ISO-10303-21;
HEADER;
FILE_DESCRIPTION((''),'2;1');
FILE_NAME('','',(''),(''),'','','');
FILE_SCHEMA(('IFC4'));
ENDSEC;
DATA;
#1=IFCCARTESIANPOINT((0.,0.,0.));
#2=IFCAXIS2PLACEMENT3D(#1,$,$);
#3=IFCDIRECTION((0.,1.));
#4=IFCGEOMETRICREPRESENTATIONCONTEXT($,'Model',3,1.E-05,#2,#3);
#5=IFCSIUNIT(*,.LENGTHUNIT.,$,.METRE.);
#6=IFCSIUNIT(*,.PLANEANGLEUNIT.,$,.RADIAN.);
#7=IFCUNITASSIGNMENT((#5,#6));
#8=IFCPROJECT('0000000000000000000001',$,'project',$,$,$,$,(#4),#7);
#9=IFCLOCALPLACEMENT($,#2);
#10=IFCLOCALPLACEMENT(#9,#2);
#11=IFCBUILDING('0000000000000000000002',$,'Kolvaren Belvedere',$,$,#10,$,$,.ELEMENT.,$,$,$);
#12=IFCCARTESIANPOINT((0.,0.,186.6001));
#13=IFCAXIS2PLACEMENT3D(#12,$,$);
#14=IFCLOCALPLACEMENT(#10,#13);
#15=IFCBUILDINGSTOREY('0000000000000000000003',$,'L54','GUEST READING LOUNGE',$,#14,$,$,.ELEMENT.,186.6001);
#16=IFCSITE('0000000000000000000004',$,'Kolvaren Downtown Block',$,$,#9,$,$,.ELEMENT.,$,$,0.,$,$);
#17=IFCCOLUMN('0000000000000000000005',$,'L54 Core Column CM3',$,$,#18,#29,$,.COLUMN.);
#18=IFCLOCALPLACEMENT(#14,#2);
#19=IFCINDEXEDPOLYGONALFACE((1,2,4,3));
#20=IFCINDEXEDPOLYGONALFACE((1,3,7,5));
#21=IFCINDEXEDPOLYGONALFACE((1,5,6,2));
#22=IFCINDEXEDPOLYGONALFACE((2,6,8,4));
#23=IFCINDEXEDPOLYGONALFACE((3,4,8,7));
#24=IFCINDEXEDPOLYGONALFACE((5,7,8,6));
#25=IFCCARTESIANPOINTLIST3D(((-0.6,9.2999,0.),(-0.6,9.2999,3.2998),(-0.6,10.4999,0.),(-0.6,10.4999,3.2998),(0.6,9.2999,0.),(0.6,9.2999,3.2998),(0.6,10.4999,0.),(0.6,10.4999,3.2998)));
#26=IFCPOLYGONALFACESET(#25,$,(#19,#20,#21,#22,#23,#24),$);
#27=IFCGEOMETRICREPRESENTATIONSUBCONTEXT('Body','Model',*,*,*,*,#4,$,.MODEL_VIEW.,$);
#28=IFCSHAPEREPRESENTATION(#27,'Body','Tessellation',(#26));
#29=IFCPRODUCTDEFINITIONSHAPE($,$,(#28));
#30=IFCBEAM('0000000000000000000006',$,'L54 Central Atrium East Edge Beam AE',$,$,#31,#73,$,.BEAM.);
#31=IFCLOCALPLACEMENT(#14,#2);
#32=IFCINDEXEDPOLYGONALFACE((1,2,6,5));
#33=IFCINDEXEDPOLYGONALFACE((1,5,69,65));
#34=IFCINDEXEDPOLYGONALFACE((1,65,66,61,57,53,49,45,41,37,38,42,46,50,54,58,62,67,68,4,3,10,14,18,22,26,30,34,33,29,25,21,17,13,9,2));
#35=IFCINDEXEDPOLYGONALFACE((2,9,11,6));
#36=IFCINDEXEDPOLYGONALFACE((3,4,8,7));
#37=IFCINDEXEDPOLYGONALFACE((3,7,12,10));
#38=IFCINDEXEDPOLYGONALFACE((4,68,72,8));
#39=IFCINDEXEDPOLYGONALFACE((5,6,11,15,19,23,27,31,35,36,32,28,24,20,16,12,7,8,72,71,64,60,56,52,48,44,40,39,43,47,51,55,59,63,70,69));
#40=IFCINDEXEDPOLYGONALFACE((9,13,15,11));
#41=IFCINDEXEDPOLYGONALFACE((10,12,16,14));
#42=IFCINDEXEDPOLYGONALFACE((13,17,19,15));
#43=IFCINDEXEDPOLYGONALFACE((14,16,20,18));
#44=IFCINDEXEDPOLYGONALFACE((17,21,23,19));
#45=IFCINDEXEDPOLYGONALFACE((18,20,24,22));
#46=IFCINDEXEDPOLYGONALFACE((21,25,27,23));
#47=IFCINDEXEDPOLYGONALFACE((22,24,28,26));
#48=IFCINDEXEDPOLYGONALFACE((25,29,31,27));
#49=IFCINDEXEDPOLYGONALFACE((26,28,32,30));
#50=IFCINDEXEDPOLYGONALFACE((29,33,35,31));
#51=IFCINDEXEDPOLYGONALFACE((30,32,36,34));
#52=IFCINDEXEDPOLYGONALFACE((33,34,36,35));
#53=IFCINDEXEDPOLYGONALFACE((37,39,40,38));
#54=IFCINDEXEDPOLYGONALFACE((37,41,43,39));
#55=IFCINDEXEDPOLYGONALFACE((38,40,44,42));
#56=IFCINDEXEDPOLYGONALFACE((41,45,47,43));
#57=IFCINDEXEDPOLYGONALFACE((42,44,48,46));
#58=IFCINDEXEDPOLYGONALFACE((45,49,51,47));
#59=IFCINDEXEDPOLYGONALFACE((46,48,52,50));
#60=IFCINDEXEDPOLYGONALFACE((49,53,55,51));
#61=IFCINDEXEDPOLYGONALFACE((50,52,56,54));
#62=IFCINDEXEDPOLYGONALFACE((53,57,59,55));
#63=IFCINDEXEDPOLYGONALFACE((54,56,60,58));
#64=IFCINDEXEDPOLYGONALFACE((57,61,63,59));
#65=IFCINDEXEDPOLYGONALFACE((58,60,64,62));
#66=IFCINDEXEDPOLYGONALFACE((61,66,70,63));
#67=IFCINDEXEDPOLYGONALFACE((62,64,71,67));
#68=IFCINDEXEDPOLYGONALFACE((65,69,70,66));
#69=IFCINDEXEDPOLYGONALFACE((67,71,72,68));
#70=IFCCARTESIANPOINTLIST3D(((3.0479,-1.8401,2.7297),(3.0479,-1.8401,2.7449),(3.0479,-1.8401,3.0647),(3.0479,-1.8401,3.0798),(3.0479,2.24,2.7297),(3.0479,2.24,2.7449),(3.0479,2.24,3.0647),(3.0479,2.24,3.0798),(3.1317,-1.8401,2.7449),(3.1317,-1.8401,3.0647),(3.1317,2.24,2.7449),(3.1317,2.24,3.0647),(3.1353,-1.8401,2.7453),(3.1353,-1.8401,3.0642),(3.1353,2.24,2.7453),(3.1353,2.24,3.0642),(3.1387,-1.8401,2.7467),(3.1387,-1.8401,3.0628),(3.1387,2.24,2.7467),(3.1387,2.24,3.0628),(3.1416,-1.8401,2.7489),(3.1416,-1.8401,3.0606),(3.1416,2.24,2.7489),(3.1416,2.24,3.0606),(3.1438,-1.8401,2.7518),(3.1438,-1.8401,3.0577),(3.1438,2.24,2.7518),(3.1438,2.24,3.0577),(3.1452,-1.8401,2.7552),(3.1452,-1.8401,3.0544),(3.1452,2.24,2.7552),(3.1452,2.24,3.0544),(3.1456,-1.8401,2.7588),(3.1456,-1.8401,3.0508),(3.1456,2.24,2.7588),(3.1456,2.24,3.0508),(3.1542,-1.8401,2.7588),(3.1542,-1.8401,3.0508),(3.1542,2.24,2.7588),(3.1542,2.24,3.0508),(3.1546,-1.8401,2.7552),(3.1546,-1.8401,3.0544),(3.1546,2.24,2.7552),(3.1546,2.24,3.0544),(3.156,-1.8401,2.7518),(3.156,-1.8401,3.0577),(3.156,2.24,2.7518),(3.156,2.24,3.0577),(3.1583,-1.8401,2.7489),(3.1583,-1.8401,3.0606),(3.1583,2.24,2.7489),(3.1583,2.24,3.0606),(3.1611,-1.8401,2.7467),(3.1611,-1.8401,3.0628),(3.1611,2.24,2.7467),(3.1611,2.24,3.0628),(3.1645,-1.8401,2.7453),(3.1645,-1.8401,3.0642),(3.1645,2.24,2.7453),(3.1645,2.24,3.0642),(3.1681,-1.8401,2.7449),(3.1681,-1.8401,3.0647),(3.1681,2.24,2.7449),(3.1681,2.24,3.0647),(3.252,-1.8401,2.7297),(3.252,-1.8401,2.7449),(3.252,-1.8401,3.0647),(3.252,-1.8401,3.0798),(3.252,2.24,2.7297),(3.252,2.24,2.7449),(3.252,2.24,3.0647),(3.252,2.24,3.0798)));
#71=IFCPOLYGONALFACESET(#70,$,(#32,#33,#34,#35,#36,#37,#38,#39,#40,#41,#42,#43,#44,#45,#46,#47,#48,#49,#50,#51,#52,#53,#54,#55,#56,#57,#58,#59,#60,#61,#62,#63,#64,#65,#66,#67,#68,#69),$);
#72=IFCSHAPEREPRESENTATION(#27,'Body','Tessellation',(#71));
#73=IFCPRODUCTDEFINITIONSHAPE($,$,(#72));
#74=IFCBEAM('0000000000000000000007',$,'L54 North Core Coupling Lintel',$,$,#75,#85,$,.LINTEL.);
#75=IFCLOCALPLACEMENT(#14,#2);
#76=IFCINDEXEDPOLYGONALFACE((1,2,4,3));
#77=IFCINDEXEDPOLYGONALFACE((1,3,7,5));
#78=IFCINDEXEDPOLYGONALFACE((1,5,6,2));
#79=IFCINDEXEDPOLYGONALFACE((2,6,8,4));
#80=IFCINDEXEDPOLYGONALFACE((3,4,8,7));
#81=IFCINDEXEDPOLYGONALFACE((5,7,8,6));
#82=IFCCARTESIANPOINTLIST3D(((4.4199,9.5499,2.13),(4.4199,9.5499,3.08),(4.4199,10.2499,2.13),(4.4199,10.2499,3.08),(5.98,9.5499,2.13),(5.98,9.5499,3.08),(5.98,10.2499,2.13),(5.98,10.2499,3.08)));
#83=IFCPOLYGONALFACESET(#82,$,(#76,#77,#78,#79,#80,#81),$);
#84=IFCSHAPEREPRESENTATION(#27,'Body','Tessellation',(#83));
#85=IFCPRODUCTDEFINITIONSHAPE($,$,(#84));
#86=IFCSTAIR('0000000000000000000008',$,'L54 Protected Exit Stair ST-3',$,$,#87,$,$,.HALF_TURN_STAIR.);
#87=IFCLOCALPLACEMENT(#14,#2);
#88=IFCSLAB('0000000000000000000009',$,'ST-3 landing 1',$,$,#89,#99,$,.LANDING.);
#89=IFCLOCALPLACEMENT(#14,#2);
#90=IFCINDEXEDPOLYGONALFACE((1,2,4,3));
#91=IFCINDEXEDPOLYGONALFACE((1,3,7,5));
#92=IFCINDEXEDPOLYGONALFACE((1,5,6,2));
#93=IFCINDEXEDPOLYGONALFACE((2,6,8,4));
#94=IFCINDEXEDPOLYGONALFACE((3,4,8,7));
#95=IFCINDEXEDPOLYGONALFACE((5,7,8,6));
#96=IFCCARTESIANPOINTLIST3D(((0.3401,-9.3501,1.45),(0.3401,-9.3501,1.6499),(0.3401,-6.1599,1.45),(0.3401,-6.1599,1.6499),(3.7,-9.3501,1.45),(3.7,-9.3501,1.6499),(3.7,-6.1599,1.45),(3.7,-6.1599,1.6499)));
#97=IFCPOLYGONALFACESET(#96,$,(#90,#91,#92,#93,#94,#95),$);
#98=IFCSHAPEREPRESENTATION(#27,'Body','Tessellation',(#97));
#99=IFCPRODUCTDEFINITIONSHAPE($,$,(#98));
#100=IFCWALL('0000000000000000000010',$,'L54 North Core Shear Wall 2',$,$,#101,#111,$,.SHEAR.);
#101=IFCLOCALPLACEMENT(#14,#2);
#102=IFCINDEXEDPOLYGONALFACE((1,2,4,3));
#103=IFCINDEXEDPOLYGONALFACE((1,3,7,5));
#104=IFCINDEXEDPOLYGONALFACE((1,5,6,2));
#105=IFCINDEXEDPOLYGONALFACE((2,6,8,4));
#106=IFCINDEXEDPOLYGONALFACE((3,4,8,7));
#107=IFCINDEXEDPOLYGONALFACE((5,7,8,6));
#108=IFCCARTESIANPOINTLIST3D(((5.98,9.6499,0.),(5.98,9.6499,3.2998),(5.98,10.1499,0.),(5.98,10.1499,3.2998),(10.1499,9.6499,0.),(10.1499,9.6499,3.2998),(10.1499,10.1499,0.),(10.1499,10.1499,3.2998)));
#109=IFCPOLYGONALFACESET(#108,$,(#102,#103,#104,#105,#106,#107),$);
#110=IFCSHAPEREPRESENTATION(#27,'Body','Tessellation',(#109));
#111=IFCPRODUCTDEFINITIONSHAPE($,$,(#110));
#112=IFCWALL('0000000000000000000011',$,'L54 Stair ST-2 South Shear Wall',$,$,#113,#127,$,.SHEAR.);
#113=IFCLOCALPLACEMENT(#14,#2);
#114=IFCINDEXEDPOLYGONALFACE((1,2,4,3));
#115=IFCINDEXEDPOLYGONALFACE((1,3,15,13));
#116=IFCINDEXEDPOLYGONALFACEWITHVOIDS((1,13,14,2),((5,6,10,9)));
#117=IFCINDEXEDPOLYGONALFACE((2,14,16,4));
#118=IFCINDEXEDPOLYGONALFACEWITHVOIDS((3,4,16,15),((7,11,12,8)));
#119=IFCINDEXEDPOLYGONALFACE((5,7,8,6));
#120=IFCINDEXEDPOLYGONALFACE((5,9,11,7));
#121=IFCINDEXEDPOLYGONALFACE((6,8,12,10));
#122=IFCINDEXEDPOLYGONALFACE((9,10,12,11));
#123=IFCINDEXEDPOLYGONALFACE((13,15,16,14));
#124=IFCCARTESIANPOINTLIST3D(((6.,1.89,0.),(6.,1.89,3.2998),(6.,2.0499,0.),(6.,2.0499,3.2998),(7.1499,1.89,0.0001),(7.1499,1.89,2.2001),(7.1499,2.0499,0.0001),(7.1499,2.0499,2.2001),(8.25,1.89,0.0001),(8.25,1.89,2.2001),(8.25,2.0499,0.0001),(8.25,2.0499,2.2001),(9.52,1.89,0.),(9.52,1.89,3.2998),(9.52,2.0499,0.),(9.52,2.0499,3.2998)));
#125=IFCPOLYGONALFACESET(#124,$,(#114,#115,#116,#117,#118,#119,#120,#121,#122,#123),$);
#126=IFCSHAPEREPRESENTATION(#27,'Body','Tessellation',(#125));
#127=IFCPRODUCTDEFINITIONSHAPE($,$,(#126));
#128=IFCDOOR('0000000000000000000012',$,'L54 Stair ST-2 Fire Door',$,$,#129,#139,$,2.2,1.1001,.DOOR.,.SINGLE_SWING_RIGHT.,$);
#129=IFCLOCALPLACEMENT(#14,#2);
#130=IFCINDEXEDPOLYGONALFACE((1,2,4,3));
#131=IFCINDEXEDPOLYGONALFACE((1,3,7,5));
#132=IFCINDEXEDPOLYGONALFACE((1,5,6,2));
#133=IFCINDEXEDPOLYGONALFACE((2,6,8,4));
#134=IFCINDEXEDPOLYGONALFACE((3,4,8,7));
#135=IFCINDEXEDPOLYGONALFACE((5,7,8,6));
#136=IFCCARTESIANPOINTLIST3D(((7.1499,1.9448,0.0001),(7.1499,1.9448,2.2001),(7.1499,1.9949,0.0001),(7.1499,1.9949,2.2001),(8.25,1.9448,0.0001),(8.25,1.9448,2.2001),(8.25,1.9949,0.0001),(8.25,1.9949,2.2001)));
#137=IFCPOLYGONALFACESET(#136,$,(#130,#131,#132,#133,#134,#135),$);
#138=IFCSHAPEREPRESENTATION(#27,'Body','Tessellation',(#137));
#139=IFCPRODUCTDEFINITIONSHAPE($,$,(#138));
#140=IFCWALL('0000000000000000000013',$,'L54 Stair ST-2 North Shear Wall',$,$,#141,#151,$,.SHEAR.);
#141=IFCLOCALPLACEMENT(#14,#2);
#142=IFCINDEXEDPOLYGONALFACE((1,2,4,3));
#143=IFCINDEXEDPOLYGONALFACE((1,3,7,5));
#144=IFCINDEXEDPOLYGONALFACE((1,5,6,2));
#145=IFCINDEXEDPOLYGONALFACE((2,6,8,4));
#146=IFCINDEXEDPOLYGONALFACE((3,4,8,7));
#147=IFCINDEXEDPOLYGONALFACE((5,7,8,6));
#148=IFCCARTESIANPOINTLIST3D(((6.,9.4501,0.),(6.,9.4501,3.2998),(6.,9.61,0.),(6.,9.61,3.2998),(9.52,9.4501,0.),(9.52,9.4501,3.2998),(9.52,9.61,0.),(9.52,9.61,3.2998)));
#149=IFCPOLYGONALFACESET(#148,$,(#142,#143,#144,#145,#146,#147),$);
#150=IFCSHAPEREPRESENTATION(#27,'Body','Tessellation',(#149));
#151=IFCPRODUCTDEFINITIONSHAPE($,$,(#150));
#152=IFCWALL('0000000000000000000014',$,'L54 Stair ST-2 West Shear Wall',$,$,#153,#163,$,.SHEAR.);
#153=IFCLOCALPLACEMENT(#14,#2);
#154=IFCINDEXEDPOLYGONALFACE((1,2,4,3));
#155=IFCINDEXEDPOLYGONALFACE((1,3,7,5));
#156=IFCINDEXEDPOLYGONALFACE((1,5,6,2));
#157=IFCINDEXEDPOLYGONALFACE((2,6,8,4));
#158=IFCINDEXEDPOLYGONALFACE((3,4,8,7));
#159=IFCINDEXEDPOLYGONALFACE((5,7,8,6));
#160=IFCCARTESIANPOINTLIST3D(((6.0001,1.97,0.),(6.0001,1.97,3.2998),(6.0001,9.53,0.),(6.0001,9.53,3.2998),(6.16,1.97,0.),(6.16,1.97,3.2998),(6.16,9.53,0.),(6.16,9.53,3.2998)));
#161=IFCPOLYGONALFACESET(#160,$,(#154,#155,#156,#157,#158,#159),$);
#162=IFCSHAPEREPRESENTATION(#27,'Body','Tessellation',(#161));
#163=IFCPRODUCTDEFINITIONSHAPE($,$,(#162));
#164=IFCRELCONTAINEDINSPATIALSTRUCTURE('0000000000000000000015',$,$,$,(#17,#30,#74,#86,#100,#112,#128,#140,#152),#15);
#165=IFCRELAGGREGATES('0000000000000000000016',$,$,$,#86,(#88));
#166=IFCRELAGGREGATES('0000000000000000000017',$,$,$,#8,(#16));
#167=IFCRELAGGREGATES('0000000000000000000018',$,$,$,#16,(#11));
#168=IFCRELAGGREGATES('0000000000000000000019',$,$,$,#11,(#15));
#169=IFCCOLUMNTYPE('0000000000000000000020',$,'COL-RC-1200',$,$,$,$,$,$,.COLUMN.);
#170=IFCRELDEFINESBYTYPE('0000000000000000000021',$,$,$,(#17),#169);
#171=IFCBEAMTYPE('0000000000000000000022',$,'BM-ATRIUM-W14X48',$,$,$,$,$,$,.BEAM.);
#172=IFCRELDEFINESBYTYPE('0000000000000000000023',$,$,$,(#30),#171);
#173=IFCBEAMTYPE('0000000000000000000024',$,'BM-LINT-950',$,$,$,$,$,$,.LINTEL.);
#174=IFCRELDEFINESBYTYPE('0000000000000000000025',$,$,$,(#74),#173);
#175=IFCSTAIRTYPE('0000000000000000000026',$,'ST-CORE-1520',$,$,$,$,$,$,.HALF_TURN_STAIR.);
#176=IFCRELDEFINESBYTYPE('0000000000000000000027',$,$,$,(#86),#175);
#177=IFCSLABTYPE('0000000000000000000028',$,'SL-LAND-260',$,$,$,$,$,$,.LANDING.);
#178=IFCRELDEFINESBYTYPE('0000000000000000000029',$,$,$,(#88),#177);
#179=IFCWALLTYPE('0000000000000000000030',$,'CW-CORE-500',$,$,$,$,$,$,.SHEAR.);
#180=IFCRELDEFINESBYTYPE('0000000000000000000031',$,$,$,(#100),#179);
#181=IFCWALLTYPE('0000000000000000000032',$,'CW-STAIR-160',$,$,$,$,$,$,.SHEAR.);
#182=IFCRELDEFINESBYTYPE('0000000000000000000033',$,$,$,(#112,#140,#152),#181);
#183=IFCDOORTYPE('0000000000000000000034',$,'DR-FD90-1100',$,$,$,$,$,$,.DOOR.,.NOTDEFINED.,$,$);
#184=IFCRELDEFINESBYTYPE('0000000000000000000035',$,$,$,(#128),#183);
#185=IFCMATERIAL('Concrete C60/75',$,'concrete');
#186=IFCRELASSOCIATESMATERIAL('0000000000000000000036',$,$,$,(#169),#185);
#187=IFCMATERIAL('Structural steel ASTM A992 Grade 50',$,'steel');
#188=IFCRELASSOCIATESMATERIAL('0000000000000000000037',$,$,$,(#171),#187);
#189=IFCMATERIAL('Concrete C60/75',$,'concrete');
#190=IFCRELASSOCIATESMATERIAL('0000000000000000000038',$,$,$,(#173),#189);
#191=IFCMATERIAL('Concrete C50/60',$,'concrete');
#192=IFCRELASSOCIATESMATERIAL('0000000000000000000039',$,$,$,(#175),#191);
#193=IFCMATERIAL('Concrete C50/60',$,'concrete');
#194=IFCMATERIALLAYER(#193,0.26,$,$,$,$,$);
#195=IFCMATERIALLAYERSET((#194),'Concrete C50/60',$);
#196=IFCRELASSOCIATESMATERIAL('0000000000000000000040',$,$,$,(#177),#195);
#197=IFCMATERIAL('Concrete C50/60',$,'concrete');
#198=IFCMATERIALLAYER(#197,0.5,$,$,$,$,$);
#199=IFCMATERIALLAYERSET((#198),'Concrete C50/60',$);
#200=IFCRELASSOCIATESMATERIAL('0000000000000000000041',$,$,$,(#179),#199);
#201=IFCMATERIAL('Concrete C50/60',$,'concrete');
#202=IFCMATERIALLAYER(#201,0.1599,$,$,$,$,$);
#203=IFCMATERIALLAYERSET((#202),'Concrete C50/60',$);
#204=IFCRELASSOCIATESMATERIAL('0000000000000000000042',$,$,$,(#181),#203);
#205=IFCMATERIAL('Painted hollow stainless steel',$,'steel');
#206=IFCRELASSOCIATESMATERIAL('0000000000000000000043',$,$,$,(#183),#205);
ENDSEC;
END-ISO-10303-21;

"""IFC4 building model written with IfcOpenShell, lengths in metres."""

from ifc_helpers import new_model, si_unit, direction, frame, frame_2d, origin, origin_2d, place, context, subcontext, project, spatial, polyline, rectangle, i_section, outline, extrude, material, layer, layer_set, material_profile, profile_set, type_object, element, fill, aggregate, save


model = new_model("IFC4")

# Units and contexts
model_context = context("Model", 3, precision=1e-05, world=origin(), true_north=direction((0.0, 1.0)))
body_context = subcontext(model_context, "Body", "Model", "MODEL_VIEW")
ifc_project = project(units=[si_unit("LENGTHUNIT", "METRE"), si_unit("PLANEANGLEUNIT", "RADIAN")], contexts=[model_context])

# Site, building, storey
site_placement = place(None, origin())
site = spatial("IfcSite", under=ifc_project, at=site_placement, Name="Kolvaren Downtown Block", CompositionType="ELEMENT", RefElevation=0.0)
building_placement = place(site_placement, origin())
building = spatial("IfcBuilding", under=site, at=building_placement, Name="Kolvaren Belvedere", CompositionType="ELEMENT")
storey_placement = place(building_placement, frame((0.0, 0.0, 186.6001)))
storey = spatial("IfcBuildingStorey", under=building, at=storey_placement, Name="L54", Description="GUEST READING LOUNGE", CompositionType="ELEMENT", Elevation=186.6001)

# Column
ifc_material_1 = material(Name="Concrete C60/75", Category="concrete")
ifc_material_profile_1 = material_profile(ifc_material_1, rectangle(XDim=1.2, YDim=1.2, at=origin_2d()), Name="RC 1200X1200")
ifc_profile_set_1 = profile_set([ifc_material_profile_1], Name="Concrete C60/75")
column_type = type_object("IfcColumnType", Name="COL-RC-1200", PredefinedType="COLUMN", material=ifc_profile_set_1)
column_placement = place(storey_placement, frame((0.0, 9.8999, 0.0), z_axis=(0.0, 0.0, 1.0), x_axis=(1.0, 0.0, 0.0)))
element("IfcColumn", 1, at=column_placement, inside=storey, type_object=column_type, Name="L54 Core Column CM3", PredefinedType="COLUMN", context=body_context, shape_type="SweptSolid", body=[
    extrude(rectangle(XDim=1.2, YDim=1.2, at=origin_2d()), origin(), (0.0, 0.0, 1.0), 3.2998),
])

# Beams
ifc_material_2 = material(Name="Structural steel ASTM A992 Grade 50", Category="steel")
ifc_material_profile_2 = material_profile(ifc_material_2, i_section(OverallWidth=0.2041, OverallDepth=0.3501, WebThickness=0.0085, FlangeThickness=0.0151, FilletRadius=0.0139, at=origin_2d()), Name="W14X48")
ifc_profile_set_2 = profile_set([ifc_material_profile_2], Name="Structural steel ASTM A992 Grade 50")
beam_type_1 = type_object("IfcBeamType", Name="BM-ATRIUM-W14X48", PredefinedType="BEAM", material=ifc_profile_set_2)
beam_1_placement = place(storey_placement, frame((3.1499, -1.8401, 2.9048), z_axis=(0.0, 1.0, 0.0), x_axis=(-1.0, 0.0, 0.0)))
element("IfcBeam", 2, at=beam_1_placement, inside=storey, type_object=beam_type_1, Name="L54 Central Atrium East Edge Beam AE", PredefinedType="BEAM", context=body_context, shape_type="SweptSolid", body=[
    extrude(i_section(OverallWidth=0.2041, OverallDepth=0.3501, WebThickness=0.0085, FlangeThickness=0.0151, FilletRadius=0.0139, at=origin_2d()), origin(), (0.0, 0.0, 1.0), 4.0801),
])
ifc_material_3 = material(Name="Concrete C60/75", Category="concrete")
ifc_material_profile_3 = material_profile(ifc_material_3, rectangle(XDim=0.7, YDim=0.95, at=origin_2d()), Name="RC 700X950")
ifc_profile_set_3 = profile_set([ifc_material_profile_3], Name="Concrete C60/75")
beam_type_2 = type_object("IfcBeamType", Name="BM-LINT-950", PredefinedType="LINTEL", material=ifc_profile_set_3)
beam_2_placement = place(storey_placement, frame((4.4199, 9.8999, 2.605), z_axis=(1.0, 0.0, 0.0), x_axis=(0.0, 1.0, 0.0)))
element("IfcBeam", 3, at=beam_2_placement, inside=storey, type_object=beam_type_2, Name="L54 North Core Coupling Lintel", PredefinedType="LINTEL", context=body_context, shape_type="SweptSolid", body=[
    extrude(rectangle(XDim=0.7, YDim=0.95, at=origin_2d()), origin(), (0.0, 0.0, 1.0), 1.5601),
])

# Stair, slab
ifc_material_4 = material(Name="Concrete C50/60", Category="concrete")
stair_type = type_object("IfcStairType", Name="ST-CORE-1520", PredefinedType="HALF_TURN_STAIR", material=ifc_material_4)
stair_1_placement = place(storey_placement, origin())
stair_1 = element("IfcStair", 4, at=stair_1_placement, inside=storey, type_object=stair_type, Name="L54 Protected Exit Stair ST-3", PredefinedType="HALF_TURN_STAIR")
ifc_material_5 = material(Name="Concrete C50/60", Category="concrete")
ifc_layer_1 = layer(ifc_material_5, 0.26)
ifc_layer_set_1 = layer_set([ifc_layer_1], Name="Concrete C50/60")
slab_type = type_object("IfcSlabType", Name="SL-LAND-260", PredefinedType="LANDING", material=ifc_layer_set_1)
slab_placement = place(storey_placement, frame((0.0, 0.0, 1.45)))
slab = element("IfcSlab", 5, at=slab_placement, type_object=slab_type, Name="ST-3 landing 1", PredefinedType="LANDING", context=body_context, shape_type="SweptSolid", body=[
    extrude(outline(polyline([(0.3401, -9.3501), (3.7, -9.3501), (3.7, -6.1599), (0.3401, -6.1599), (0.3401, -9.3501)])), origin(), (0.0, 0.0, 1.0), 0.2),
])
aggregate(stair_1, [slab])

# Wall
ifc_material_6 = material(Name="Concrete C50/60", Category="concrete")
ifc_layer_2 = layer(ifc_material_6, 0.5)
ifc_layer_set_2 = layer_set([ifc_layer_2], Name="Concrete C50/60")
wall_type_1 = type_object("IfcWallType", Name="CW-CORE-500", PredefinedType="SHEAR", material=ifc_layer_set_2)
wall_1_placement = place(storey_placement, frame((5.98, 9.8999, 0.0), z_axis=(0.0, 0.0, 1.0), x_axis=(1.0, 0.0, 0.0)))
element("IfcWall", 6, at=wall_1_placement, inside=storey, type_object=wall_type_1, Name="L54 North Core Shear Wall 2", PredefinedType="SHEAR", context=body_context, shape_type="SweptSolid", body=[
    extrude(rectangle(XDim=4.1699, YDim=0.5, at=frame_2d((2.085, 0.0))), origin(), (0.0, 0.0, 1.0), 3.2998),
])

# Wall, opening, door
ifc_material_7 = material(Name="Concrete C50/60", Category="concrete")
ifc_layer_3 = layer(ifc_material_7, 0.1599)
ifc_layer_set_3 = layer_set([ifc_layer_3], Name="Concrete C50/60")
wall_type_2 = type_object("IfcWallType", Name="CW-STAIR-160", PredefinedType="SHEAR", material=ifc_layer_set_3)
wall_2_placement = place(storey_placement, frame((6.0, 1.97, 0.0), z_axis=(0.0, 0.0, 1.0), x_axis=(1.0, 0.0, 0.0)))
wall_2 = element("IfcWall", 7, at=wall_2_placement, inside=storey, type_object=wall_type_2, Name="L54 Stair ST-2 South Shear Wall", PredefinedType="SHEAR", context=body_context, shape_type="SweptSolid", body=[
    extrude(rectangle(XDim=3.52, YDim=0.1599, at=frame_2d((1.76, 0.0))), origin(), (0.0, 0.0, 1.0), 3.2998),
])
opening_1_placement = place(wall_2_placement, frame((1.1499, 0.0, 0.0)))
opening_1 = element("IfcOpeningElement", 8, at=opening_1_placement, cuts=wall_2, PredefinedType="OPENING", context=body_context, shape_type="SweptSolid", body=[
    extrude(rectangle(XDim=1.1001, YDim=2.2, at=frame_2d((0.55, 1.1001))), frame((0.0, 0.0898, 0.0), z_axis=(0.0, -1.0, 0.0), x_axis=(1.0, 0.0, 0.0)), (0.0, 0.0, 1.0), 0.1799),
])
ifc_material_8 = material(Name="Painted hollow stainless steel", Category="steel")
door_type_1 = type_object("IfcDoorType", Name="DR-FD90-1100", OperationType="NOTDEFINED", PredefinedType="DOOR", material=ifc_material_8)
door_1_placement = place(opening_1_placement, origin())
door_1 = element("IfcDoor", 9, at=door_1_placement, inside=storey, type_object=door_type_1, Name="L54 Stair ST-2 Fire Door", OperationType="SINGLE_SWING_RIGHT", OverallHeight=2.2, OverallWidth=1.1001, PredefinedType="DOOR", context=body_context, shape_type="SweptSolid", body=[
    extrude(rectangle(XDim=1.1001, YDim=2.2, at=frame_2d((0.55, 1.1001))), frame((0.0, 0.0249, 0.0), z_axis=(0.0, -1.0, 0.0), x_axis=(1.0, 0.0, 0.0)), (0.0, 0.0, 1.0), 0.05),
])
fill(opening_1, door_1)

# Walls
wall_3_placement = place(storey_placement, frame((6.0, 9.53, 0.0), z_axis=(0.0, 0.0, 1.0), x_axis=(1.0, 0.0, 0.0)))
element("IfcWall", 10, at=wall_3_placement, inside=storey, type_object=wall_type_2, Name="L54 Stair ST-2 North Shear Wall", PredefinedType="SHEAR", context=body_context, shape_type="SweptSolid", body=[
    extrude(rectangle(XDim=3.52, YDim=0.1599, at=frame_2d((1.76, 0.0))), origin(), (0.0, 0.0, 1.0), 3.2998),
])
wall_4_placement = place(storey_placement, frame((6.0801, 1.97, 0.0), z_axis=(0.0, 0.0, 1.0), x_axis=(0.0, 1.0, 0.0)))
element("IfcWall", 11, at=wall_4_placement, inside=storey, type_object=wall_type_2, Name="L54 Stair ST-2 West Shear Wall", PredefinedType="SHEAR", context=body_context, shape_type="SweptSolid", body=[
    extrude(rectangle(XDim=7.5601, YDim=0.1599, at=frame_2d((3.78, 0.0))), origin(), (0.0, 0.0, 1.0), 3.2998),
])

save(model, "model.ifc")
